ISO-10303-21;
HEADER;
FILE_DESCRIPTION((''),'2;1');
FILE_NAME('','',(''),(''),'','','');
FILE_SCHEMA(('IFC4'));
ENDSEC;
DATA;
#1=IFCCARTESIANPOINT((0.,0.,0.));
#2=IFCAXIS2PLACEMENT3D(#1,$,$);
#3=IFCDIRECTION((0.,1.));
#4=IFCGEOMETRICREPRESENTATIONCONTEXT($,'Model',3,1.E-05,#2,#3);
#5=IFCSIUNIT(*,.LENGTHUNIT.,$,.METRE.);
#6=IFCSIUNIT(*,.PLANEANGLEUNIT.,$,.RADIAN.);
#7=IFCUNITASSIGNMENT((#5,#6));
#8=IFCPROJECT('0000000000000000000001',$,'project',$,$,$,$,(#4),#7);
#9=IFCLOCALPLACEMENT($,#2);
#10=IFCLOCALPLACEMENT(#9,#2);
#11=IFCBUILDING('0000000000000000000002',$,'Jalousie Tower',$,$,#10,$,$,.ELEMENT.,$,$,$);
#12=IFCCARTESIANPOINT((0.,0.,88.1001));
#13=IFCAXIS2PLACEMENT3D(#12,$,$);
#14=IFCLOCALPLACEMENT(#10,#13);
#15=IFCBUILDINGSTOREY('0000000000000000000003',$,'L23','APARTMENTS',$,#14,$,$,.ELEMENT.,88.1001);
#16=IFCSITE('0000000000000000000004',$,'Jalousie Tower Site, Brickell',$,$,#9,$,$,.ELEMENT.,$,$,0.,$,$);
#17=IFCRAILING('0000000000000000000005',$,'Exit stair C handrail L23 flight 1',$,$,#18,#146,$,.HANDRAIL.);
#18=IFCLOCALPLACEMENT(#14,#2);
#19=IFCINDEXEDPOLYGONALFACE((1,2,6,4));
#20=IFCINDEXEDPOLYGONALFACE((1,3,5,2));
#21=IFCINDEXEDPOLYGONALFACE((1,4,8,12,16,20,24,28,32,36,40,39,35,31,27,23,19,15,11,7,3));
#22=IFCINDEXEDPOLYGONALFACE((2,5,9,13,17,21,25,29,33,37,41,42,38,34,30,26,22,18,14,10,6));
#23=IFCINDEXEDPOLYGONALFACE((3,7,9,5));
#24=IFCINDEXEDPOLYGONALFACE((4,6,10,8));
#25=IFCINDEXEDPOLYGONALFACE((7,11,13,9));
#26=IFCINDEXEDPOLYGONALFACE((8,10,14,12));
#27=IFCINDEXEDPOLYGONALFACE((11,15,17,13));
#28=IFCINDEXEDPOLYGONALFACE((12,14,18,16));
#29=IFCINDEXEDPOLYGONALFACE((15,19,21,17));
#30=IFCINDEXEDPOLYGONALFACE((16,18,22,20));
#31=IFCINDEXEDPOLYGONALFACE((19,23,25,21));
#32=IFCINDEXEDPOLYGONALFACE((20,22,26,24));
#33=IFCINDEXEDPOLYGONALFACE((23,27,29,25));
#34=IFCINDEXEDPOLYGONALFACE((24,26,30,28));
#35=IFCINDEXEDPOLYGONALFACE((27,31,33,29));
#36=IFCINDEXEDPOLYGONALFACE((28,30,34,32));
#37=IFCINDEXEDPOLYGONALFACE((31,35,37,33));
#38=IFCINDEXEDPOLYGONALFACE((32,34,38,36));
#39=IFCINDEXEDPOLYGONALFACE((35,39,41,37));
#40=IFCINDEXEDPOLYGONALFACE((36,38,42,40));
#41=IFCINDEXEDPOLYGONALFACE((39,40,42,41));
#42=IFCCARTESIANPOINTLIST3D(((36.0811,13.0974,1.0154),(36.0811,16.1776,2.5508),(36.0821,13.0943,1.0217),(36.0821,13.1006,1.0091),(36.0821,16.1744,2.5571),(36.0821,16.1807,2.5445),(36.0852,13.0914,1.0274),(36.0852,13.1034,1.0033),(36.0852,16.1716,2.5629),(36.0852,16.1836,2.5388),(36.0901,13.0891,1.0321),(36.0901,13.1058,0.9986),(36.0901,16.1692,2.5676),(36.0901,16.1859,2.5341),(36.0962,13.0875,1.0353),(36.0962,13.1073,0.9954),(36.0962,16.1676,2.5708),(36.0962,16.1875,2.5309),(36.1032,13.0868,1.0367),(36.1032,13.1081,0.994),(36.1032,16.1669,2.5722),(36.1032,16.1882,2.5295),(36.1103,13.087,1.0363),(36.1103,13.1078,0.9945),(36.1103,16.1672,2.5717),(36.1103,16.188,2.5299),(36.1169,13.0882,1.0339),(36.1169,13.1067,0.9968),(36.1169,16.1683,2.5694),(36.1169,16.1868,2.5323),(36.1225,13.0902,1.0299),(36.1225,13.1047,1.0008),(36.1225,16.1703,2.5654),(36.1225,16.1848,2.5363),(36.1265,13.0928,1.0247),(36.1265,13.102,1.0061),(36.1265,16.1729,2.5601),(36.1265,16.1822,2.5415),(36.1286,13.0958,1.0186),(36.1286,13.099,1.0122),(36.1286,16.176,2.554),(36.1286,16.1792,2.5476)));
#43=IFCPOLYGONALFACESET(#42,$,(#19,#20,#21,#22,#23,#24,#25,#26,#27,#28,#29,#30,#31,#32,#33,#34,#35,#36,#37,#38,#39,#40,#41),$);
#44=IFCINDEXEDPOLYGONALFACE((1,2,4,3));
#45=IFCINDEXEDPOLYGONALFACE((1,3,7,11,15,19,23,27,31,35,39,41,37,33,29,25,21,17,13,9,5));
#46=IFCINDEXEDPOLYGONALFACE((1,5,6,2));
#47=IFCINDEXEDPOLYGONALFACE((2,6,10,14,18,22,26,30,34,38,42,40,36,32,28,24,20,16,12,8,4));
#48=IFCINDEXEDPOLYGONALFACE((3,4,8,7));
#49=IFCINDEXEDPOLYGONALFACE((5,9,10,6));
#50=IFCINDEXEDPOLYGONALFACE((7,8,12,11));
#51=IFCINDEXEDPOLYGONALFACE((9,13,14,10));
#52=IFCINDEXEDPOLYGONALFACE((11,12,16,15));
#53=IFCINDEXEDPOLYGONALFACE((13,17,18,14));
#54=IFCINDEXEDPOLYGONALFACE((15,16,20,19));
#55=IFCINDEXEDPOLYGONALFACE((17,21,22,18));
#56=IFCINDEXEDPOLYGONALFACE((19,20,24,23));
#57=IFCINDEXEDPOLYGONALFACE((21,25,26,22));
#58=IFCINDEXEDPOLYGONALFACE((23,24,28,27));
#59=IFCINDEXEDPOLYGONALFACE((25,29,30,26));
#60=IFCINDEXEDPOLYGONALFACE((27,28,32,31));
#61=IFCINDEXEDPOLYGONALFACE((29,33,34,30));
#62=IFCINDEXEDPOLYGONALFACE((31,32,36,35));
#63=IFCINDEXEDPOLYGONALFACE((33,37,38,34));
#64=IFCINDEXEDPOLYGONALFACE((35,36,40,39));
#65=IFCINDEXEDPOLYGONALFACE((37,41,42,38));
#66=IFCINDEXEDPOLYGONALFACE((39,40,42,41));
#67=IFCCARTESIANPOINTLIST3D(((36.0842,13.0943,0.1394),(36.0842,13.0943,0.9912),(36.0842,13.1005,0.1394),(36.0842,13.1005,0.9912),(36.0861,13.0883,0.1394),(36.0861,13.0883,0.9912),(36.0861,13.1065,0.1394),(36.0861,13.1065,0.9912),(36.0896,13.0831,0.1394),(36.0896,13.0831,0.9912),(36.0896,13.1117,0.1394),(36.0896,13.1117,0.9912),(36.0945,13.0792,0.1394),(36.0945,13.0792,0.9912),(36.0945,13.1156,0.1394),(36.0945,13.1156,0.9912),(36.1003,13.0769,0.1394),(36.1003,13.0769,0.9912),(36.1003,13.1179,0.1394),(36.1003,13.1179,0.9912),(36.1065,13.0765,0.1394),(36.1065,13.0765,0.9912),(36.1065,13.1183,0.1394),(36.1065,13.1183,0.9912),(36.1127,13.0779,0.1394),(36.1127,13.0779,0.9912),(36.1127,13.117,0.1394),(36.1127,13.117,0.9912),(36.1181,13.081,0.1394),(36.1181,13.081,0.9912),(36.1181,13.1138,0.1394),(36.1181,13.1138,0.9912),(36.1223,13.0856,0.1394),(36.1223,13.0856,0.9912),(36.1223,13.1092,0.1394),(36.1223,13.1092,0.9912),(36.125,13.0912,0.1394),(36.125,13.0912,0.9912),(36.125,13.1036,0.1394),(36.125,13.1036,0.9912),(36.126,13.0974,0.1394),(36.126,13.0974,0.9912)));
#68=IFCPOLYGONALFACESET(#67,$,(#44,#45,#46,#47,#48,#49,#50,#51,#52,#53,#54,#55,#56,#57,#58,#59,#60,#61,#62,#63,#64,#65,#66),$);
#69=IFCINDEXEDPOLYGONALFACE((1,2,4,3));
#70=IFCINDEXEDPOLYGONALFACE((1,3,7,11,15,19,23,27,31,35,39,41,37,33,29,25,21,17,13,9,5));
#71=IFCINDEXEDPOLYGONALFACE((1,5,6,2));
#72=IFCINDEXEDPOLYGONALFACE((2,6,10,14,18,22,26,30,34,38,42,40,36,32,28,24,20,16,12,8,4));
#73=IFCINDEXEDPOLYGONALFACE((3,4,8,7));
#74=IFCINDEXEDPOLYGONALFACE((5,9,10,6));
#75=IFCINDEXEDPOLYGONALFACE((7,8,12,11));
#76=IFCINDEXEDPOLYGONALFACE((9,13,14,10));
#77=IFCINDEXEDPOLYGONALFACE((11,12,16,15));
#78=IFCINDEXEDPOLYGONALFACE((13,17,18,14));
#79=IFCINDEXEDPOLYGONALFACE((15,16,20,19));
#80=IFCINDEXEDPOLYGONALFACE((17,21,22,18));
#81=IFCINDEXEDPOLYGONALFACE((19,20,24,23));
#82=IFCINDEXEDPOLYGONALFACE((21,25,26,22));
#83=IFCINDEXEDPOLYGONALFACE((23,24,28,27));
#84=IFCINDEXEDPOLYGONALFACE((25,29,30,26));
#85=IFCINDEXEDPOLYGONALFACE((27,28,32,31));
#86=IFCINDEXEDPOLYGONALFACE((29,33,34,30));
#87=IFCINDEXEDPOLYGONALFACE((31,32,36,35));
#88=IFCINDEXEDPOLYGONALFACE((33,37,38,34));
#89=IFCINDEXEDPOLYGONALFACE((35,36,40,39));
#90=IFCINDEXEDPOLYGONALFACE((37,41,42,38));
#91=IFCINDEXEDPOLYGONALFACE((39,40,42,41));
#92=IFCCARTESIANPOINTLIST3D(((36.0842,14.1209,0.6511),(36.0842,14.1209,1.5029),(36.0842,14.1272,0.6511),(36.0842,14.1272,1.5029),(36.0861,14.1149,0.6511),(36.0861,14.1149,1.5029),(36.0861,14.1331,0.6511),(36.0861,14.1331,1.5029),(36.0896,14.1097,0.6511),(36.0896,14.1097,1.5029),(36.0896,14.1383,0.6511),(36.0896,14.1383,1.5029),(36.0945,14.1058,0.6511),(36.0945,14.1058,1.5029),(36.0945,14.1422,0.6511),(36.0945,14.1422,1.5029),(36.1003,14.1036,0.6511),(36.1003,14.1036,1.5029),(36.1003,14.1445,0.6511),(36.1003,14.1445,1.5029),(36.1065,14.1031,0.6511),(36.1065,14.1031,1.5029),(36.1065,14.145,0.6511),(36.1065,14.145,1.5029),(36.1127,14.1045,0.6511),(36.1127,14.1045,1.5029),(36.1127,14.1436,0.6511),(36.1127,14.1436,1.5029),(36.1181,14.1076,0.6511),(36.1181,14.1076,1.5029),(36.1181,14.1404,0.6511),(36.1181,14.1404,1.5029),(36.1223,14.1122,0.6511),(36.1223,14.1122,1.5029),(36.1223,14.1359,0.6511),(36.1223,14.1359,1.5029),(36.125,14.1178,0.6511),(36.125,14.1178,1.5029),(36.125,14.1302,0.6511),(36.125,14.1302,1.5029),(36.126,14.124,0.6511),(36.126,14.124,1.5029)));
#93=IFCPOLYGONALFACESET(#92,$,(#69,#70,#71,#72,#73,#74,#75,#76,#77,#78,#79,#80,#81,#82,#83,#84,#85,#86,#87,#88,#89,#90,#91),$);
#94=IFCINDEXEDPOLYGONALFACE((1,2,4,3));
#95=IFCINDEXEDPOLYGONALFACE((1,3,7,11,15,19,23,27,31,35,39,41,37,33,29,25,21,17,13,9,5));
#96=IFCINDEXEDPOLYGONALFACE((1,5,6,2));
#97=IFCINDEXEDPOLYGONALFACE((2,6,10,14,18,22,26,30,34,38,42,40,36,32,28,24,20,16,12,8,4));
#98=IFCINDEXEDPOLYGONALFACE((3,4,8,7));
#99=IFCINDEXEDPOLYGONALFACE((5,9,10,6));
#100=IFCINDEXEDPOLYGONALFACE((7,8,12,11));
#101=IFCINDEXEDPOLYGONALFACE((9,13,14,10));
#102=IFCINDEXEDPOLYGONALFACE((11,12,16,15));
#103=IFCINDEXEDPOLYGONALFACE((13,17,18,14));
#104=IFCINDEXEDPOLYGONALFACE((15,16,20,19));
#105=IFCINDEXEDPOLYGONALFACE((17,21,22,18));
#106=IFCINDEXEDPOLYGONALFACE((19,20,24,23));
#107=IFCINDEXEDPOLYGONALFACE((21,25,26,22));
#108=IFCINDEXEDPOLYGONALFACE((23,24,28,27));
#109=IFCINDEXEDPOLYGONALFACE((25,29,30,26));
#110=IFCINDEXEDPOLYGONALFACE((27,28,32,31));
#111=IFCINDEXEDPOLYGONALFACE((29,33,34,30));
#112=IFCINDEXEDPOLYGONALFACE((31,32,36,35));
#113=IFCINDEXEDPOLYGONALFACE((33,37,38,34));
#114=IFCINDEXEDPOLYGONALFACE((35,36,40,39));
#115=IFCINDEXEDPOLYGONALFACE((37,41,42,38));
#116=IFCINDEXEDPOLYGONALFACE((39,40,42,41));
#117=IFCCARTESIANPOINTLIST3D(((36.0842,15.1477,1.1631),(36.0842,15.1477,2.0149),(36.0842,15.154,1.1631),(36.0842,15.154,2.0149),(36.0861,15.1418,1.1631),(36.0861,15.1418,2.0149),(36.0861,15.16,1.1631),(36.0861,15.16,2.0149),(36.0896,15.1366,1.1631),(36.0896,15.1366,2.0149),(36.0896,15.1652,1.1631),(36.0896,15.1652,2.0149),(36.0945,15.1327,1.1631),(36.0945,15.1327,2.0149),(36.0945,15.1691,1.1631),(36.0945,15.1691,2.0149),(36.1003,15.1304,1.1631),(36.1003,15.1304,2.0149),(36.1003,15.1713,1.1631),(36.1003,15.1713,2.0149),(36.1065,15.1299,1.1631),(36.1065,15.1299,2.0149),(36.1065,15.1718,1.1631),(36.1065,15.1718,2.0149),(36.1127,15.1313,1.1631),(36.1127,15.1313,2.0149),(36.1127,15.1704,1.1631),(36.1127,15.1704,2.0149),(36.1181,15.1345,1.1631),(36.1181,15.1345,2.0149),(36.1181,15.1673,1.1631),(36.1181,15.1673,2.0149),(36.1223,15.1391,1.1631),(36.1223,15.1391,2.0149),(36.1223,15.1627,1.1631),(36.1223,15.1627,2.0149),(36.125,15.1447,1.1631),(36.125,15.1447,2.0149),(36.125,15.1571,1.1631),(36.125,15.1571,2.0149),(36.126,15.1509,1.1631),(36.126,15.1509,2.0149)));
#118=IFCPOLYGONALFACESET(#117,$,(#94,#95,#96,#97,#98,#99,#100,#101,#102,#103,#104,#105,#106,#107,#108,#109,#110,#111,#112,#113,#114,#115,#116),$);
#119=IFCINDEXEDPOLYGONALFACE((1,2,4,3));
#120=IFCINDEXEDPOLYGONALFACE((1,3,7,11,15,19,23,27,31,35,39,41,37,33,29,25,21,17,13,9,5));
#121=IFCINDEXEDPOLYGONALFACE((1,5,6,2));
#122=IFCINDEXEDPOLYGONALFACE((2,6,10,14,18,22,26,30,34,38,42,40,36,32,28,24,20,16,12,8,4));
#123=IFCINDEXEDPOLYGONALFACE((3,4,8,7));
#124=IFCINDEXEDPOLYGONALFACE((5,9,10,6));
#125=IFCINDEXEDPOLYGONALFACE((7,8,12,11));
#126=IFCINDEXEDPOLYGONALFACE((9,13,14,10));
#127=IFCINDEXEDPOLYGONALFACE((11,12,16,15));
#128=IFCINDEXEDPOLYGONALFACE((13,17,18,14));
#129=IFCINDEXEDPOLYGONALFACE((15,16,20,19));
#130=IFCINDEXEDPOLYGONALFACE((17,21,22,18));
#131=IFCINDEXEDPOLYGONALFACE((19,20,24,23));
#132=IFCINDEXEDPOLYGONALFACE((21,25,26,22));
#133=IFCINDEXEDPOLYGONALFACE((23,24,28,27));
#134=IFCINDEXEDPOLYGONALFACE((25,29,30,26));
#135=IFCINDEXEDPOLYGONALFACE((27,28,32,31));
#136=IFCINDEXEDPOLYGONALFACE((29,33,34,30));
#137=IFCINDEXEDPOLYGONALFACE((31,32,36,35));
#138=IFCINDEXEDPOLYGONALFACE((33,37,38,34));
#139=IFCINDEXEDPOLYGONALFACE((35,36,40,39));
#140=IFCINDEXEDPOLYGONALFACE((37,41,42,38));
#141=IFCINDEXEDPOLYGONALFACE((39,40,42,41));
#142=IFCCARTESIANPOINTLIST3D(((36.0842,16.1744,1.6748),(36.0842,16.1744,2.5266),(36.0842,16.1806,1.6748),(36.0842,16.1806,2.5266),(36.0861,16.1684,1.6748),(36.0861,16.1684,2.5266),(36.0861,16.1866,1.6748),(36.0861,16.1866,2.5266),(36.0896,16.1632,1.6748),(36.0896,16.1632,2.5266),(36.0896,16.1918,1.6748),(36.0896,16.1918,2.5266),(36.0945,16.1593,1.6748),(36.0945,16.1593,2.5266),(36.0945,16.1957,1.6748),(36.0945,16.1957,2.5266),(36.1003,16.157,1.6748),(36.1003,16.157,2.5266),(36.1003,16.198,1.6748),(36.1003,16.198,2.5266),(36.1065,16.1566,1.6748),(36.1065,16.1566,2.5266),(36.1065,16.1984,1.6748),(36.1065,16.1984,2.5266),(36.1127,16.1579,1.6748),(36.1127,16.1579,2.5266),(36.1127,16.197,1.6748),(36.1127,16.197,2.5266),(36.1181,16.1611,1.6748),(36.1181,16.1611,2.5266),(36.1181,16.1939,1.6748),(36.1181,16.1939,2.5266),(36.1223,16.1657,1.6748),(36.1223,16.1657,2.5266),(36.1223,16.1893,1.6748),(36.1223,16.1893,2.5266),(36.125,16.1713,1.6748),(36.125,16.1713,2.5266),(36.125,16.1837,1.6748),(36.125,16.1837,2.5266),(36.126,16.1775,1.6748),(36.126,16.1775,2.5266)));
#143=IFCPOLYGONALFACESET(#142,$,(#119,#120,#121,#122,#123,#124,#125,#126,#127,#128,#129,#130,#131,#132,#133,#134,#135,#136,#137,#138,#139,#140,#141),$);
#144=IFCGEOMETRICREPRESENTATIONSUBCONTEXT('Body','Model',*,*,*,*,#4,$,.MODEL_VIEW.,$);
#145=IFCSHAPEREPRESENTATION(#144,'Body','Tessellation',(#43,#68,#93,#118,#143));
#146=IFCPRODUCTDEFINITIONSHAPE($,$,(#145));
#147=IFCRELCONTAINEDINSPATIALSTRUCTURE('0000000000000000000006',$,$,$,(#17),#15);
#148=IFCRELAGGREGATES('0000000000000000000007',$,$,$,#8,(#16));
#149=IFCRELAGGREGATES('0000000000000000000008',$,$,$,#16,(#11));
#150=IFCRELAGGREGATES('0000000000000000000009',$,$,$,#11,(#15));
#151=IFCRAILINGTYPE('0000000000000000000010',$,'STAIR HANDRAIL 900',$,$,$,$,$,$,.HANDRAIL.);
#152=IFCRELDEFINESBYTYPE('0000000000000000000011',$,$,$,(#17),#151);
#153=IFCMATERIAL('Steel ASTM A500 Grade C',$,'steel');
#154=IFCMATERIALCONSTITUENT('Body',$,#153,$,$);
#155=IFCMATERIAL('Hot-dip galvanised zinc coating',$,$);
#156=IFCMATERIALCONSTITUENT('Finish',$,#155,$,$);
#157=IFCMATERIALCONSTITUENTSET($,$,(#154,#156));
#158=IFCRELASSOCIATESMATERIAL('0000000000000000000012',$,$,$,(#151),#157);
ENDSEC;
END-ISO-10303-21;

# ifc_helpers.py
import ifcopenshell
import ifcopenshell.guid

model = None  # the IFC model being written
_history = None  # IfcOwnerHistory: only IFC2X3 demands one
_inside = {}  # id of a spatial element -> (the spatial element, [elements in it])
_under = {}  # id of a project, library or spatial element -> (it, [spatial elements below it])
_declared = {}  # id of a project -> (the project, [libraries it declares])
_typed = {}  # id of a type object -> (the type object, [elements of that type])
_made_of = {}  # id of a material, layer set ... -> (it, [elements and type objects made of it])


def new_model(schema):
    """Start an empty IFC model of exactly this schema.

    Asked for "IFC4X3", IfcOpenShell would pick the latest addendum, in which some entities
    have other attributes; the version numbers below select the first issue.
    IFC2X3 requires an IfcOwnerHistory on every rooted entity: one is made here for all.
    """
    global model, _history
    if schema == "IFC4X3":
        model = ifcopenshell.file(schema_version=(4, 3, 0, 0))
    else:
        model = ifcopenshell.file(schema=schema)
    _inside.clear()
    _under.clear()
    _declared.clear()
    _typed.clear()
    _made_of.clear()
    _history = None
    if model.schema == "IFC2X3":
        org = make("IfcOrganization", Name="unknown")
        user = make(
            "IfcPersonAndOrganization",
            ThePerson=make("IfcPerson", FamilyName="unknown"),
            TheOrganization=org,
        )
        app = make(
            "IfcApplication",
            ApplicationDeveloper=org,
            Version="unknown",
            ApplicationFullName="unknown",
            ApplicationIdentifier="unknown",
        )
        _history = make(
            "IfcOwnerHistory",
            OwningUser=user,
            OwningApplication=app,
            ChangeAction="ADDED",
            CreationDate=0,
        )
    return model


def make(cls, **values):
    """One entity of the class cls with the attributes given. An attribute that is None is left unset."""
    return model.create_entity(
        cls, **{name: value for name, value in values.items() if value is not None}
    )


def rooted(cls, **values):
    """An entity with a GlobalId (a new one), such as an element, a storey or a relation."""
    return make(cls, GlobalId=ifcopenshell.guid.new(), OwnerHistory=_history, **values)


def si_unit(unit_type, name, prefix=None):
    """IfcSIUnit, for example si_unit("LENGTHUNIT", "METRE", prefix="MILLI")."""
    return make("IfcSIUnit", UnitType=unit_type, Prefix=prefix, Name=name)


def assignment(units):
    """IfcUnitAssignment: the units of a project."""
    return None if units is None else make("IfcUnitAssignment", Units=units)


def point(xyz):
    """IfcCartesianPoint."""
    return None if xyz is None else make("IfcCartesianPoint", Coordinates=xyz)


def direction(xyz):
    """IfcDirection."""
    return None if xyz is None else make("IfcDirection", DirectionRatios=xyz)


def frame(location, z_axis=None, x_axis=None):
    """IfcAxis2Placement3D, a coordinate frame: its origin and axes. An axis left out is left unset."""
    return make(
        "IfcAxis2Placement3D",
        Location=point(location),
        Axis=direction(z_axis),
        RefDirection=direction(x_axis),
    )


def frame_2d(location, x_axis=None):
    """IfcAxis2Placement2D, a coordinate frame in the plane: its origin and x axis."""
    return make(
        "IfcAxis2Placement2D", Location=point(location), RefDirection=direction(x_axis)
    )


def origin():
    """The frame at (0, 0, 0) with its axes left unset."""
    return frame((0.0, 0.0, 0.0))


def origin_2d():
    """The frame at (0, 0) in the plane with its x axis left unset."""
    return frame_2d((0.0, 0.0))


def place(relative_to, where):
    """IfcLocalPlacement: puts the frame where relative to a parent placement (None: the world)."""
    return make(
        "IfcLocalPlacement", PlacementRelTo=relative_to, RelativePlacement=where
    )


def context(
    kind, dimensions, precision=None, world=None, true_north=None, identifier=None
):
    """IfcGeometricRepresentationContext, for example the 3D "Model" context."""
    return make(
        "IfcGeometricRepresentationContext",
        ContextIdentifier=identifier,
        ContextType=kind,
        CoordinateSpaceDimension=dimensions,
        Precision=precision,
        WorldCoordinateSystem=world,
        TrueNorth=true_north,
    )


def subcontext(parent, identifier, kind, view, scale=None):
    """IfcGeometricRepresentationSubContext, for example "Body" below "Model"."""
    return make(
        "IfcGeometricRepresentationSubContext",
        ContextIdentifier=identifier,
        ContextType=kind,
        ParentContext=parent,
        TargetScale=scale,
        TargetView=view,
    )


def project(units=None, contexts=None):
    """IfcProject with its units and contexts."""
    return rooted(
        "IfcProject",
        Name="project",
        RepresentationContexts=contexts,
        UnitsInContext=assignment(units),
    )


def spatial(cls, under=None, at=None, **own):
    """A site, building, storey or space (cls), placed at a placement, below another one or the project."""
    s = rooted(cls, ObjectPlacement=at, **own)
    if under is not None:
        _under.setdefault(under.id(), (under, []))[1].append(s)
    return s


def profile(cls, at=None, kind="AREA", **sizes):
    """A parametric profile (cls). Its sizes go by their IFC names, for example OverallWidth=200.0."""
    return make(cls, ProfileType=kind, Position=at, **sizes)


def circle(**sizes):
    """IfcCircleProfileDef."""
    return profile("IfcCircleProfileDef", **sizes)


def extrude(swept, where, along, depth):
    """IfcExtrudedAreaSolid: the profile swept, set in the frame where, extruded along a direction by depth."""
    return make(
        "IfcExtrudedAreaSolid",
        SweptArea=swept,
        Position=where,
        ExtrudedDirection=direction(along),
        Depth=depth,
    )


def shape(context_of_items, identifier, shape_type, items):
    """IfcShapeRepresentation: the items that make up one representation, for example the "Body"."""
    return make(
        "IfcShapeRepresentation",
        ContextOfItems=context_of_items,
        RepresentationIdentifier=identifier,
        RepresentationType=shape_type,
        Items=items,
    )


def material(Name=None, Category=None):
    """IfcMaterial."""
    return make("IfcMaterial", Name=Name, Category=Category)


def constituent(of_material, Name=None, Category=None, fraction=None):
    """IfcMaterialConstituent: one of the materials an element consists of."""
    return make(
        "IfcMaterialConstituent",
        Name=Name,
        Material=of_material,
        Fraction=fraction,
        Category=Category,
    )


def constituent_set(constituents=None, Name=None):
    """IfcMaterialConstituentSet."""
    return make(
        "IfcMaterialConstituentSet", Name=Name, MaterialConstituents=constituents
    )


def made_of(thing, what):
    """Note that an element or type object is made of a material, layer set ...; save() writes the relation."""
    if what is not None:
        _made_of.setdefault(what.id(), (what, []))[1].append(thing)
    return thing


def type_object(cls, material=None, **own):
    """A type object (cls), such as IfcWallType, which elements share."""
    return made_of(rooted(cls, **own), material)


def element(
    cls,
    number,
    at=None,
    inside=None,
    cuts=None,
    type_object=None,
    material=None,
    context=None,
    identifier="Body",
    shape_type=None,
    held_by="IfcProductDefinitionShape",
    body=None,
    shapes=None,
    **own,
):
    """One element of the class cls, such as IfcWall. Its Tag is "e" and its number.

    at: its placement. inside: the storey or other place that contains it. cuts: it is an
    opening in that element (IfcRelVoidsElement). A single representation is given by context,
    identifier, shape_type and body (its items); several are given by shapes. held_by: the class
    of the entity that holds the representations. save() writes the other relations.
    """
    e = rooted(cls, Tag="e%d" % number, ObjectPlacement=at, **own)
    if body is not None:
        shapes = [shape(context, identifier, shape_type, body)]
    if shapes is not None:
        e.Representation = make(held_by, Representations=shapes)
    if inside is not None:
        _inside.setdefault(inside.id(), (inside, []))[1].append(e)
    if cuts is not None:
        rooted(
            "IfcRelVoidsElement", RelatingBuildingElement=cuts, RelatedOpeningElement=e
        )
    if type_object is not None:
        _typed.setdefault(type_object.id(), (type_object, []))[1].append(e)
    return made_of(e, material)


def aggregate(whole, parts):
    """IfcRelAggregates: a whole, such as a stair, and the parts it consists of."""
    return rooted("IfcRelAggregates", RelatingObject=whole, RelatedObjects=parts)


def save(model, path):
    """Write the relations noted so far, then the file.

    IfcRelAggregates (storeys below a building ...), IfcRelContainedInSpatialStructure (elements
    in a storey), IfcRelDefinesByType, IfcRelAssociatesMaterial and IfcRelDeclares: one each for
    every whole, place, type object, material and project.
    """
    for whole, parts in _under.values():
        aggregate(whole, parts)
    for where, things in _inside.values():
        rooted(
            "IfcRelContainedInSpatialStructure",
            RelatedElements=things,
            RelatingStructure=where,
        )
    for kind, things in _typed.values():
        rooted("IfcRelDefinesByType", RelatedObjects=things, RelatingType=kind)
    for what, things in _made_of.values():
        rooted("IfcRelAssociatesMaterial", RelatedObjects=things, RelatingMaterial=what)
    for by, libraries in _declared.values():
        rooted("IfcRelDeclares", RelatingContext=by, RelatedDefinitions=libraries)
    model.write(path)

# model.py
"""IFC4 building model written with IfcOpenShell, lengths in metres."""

from ifc_helpers import new_model, si_unit, direction, frame, origin, origin_2d, place, context, subcontext, project, spatial, circle, extrude, material, constituent, constituent_set, type_object, element, save


model = new_model("IFC4")

# Units and contexts
model_context = context("Model", 3, precision=1e-05, world=origin(), true_north=direction((0.0, 1.0)))
body_context = subcontext(model_context, "Body", "Model", "MODEL_VIEW")
ifc_project = project(units=[si_unit("LENGTHUNIT", "METRE"), si_unit("PLANEANGLEUNIT", "RADIAN")], contexts=[model_context])

# Site, building, storey
site_placement = place(None, origin())
site = spatial("IfcSite", under=ifc_project, at=site_placement, Name="Jalousie Tower Site, Brickell", CompositionType="ELEMENT", RefElevation=0.0)
building_placement = place(site_placement, origin())
building = spatial("IfcBuilding", under=site, at=building_placement, Name="Jalousie Tower", CompositionType="ELEMENT")
storey_placement = place(building_placement, frame((0.0, 0.0, 88.1001)))
storey = spatial("IfcBuildingStorey", under=building, at=storey_placement, Name="L23", Description="APARTMENTS", CompositionType="ELEMENT", Elevation=88.1001)

# Railing
ifc_material_1 = material(Name="Steel ASTM A500 Grade C", Category="steel")
ifc_constituent_1 = constituent(ifc_material_1, Name="Body")
ifc_material_2 = material(Name="Hot-dip galvanised zinc coating")
ifc_constituent_2 = constituent(ifc_material_2, Name="Finish")
ifc_constituent_set_1 = constituent_set(constituents=[ifc_constituent_1, ifc_constituent_2])
railing_type = type_object("IfcRailingType", Name="STAIR HANDRAIL 900", PredefinedType="HANDRAIL", material=ifc_constituent_set_1)
railing_placement = place(storey_placement, frame((36.105, 13.0974, 0.1394)))
element("IfcRailing", 1, at=railing_placement, inside=storey, type_object=railing_type, Name="Exit stair C handrail L23 flight 1", PredefinedType="HANDRAIL", context=body_context, shape_type="SweptSolid", body=[
    extrude(circle(Radius=0.0239, at=origin_2d()), frame((0.0, 0.0, 0.876), z_axis=(0.0, 0.894966, 0.446135), x_axis=(-1.0, 0.0, 0.0)), (0.0, 0.0, 1.0), 3.4417),
    extrude(circle(Radius=0.021, at=origin_2d()), origin(), (0.0, 0.0, 1.0), 0.8518),
    extrude(circle(Radius=0.021, at=origin_2d()), frame((0.0, 1.0266, 0.5117)), (0.0, 0.0, 1.0), 0.8518),
    extrude(circle(Radius=0.021, at=origin_2d()), frame((0.0, 2.0535, 1.0237)), (0.0, 0.0, 1.0), 0.8518),
    extrude(circle(Radius=0.021, at=origin_2d()), frame((0.0, 3.0801, 1.5354)), (0.0, 0.0, 1.0), 0.8518),
])

save(model, "model.ifc")
